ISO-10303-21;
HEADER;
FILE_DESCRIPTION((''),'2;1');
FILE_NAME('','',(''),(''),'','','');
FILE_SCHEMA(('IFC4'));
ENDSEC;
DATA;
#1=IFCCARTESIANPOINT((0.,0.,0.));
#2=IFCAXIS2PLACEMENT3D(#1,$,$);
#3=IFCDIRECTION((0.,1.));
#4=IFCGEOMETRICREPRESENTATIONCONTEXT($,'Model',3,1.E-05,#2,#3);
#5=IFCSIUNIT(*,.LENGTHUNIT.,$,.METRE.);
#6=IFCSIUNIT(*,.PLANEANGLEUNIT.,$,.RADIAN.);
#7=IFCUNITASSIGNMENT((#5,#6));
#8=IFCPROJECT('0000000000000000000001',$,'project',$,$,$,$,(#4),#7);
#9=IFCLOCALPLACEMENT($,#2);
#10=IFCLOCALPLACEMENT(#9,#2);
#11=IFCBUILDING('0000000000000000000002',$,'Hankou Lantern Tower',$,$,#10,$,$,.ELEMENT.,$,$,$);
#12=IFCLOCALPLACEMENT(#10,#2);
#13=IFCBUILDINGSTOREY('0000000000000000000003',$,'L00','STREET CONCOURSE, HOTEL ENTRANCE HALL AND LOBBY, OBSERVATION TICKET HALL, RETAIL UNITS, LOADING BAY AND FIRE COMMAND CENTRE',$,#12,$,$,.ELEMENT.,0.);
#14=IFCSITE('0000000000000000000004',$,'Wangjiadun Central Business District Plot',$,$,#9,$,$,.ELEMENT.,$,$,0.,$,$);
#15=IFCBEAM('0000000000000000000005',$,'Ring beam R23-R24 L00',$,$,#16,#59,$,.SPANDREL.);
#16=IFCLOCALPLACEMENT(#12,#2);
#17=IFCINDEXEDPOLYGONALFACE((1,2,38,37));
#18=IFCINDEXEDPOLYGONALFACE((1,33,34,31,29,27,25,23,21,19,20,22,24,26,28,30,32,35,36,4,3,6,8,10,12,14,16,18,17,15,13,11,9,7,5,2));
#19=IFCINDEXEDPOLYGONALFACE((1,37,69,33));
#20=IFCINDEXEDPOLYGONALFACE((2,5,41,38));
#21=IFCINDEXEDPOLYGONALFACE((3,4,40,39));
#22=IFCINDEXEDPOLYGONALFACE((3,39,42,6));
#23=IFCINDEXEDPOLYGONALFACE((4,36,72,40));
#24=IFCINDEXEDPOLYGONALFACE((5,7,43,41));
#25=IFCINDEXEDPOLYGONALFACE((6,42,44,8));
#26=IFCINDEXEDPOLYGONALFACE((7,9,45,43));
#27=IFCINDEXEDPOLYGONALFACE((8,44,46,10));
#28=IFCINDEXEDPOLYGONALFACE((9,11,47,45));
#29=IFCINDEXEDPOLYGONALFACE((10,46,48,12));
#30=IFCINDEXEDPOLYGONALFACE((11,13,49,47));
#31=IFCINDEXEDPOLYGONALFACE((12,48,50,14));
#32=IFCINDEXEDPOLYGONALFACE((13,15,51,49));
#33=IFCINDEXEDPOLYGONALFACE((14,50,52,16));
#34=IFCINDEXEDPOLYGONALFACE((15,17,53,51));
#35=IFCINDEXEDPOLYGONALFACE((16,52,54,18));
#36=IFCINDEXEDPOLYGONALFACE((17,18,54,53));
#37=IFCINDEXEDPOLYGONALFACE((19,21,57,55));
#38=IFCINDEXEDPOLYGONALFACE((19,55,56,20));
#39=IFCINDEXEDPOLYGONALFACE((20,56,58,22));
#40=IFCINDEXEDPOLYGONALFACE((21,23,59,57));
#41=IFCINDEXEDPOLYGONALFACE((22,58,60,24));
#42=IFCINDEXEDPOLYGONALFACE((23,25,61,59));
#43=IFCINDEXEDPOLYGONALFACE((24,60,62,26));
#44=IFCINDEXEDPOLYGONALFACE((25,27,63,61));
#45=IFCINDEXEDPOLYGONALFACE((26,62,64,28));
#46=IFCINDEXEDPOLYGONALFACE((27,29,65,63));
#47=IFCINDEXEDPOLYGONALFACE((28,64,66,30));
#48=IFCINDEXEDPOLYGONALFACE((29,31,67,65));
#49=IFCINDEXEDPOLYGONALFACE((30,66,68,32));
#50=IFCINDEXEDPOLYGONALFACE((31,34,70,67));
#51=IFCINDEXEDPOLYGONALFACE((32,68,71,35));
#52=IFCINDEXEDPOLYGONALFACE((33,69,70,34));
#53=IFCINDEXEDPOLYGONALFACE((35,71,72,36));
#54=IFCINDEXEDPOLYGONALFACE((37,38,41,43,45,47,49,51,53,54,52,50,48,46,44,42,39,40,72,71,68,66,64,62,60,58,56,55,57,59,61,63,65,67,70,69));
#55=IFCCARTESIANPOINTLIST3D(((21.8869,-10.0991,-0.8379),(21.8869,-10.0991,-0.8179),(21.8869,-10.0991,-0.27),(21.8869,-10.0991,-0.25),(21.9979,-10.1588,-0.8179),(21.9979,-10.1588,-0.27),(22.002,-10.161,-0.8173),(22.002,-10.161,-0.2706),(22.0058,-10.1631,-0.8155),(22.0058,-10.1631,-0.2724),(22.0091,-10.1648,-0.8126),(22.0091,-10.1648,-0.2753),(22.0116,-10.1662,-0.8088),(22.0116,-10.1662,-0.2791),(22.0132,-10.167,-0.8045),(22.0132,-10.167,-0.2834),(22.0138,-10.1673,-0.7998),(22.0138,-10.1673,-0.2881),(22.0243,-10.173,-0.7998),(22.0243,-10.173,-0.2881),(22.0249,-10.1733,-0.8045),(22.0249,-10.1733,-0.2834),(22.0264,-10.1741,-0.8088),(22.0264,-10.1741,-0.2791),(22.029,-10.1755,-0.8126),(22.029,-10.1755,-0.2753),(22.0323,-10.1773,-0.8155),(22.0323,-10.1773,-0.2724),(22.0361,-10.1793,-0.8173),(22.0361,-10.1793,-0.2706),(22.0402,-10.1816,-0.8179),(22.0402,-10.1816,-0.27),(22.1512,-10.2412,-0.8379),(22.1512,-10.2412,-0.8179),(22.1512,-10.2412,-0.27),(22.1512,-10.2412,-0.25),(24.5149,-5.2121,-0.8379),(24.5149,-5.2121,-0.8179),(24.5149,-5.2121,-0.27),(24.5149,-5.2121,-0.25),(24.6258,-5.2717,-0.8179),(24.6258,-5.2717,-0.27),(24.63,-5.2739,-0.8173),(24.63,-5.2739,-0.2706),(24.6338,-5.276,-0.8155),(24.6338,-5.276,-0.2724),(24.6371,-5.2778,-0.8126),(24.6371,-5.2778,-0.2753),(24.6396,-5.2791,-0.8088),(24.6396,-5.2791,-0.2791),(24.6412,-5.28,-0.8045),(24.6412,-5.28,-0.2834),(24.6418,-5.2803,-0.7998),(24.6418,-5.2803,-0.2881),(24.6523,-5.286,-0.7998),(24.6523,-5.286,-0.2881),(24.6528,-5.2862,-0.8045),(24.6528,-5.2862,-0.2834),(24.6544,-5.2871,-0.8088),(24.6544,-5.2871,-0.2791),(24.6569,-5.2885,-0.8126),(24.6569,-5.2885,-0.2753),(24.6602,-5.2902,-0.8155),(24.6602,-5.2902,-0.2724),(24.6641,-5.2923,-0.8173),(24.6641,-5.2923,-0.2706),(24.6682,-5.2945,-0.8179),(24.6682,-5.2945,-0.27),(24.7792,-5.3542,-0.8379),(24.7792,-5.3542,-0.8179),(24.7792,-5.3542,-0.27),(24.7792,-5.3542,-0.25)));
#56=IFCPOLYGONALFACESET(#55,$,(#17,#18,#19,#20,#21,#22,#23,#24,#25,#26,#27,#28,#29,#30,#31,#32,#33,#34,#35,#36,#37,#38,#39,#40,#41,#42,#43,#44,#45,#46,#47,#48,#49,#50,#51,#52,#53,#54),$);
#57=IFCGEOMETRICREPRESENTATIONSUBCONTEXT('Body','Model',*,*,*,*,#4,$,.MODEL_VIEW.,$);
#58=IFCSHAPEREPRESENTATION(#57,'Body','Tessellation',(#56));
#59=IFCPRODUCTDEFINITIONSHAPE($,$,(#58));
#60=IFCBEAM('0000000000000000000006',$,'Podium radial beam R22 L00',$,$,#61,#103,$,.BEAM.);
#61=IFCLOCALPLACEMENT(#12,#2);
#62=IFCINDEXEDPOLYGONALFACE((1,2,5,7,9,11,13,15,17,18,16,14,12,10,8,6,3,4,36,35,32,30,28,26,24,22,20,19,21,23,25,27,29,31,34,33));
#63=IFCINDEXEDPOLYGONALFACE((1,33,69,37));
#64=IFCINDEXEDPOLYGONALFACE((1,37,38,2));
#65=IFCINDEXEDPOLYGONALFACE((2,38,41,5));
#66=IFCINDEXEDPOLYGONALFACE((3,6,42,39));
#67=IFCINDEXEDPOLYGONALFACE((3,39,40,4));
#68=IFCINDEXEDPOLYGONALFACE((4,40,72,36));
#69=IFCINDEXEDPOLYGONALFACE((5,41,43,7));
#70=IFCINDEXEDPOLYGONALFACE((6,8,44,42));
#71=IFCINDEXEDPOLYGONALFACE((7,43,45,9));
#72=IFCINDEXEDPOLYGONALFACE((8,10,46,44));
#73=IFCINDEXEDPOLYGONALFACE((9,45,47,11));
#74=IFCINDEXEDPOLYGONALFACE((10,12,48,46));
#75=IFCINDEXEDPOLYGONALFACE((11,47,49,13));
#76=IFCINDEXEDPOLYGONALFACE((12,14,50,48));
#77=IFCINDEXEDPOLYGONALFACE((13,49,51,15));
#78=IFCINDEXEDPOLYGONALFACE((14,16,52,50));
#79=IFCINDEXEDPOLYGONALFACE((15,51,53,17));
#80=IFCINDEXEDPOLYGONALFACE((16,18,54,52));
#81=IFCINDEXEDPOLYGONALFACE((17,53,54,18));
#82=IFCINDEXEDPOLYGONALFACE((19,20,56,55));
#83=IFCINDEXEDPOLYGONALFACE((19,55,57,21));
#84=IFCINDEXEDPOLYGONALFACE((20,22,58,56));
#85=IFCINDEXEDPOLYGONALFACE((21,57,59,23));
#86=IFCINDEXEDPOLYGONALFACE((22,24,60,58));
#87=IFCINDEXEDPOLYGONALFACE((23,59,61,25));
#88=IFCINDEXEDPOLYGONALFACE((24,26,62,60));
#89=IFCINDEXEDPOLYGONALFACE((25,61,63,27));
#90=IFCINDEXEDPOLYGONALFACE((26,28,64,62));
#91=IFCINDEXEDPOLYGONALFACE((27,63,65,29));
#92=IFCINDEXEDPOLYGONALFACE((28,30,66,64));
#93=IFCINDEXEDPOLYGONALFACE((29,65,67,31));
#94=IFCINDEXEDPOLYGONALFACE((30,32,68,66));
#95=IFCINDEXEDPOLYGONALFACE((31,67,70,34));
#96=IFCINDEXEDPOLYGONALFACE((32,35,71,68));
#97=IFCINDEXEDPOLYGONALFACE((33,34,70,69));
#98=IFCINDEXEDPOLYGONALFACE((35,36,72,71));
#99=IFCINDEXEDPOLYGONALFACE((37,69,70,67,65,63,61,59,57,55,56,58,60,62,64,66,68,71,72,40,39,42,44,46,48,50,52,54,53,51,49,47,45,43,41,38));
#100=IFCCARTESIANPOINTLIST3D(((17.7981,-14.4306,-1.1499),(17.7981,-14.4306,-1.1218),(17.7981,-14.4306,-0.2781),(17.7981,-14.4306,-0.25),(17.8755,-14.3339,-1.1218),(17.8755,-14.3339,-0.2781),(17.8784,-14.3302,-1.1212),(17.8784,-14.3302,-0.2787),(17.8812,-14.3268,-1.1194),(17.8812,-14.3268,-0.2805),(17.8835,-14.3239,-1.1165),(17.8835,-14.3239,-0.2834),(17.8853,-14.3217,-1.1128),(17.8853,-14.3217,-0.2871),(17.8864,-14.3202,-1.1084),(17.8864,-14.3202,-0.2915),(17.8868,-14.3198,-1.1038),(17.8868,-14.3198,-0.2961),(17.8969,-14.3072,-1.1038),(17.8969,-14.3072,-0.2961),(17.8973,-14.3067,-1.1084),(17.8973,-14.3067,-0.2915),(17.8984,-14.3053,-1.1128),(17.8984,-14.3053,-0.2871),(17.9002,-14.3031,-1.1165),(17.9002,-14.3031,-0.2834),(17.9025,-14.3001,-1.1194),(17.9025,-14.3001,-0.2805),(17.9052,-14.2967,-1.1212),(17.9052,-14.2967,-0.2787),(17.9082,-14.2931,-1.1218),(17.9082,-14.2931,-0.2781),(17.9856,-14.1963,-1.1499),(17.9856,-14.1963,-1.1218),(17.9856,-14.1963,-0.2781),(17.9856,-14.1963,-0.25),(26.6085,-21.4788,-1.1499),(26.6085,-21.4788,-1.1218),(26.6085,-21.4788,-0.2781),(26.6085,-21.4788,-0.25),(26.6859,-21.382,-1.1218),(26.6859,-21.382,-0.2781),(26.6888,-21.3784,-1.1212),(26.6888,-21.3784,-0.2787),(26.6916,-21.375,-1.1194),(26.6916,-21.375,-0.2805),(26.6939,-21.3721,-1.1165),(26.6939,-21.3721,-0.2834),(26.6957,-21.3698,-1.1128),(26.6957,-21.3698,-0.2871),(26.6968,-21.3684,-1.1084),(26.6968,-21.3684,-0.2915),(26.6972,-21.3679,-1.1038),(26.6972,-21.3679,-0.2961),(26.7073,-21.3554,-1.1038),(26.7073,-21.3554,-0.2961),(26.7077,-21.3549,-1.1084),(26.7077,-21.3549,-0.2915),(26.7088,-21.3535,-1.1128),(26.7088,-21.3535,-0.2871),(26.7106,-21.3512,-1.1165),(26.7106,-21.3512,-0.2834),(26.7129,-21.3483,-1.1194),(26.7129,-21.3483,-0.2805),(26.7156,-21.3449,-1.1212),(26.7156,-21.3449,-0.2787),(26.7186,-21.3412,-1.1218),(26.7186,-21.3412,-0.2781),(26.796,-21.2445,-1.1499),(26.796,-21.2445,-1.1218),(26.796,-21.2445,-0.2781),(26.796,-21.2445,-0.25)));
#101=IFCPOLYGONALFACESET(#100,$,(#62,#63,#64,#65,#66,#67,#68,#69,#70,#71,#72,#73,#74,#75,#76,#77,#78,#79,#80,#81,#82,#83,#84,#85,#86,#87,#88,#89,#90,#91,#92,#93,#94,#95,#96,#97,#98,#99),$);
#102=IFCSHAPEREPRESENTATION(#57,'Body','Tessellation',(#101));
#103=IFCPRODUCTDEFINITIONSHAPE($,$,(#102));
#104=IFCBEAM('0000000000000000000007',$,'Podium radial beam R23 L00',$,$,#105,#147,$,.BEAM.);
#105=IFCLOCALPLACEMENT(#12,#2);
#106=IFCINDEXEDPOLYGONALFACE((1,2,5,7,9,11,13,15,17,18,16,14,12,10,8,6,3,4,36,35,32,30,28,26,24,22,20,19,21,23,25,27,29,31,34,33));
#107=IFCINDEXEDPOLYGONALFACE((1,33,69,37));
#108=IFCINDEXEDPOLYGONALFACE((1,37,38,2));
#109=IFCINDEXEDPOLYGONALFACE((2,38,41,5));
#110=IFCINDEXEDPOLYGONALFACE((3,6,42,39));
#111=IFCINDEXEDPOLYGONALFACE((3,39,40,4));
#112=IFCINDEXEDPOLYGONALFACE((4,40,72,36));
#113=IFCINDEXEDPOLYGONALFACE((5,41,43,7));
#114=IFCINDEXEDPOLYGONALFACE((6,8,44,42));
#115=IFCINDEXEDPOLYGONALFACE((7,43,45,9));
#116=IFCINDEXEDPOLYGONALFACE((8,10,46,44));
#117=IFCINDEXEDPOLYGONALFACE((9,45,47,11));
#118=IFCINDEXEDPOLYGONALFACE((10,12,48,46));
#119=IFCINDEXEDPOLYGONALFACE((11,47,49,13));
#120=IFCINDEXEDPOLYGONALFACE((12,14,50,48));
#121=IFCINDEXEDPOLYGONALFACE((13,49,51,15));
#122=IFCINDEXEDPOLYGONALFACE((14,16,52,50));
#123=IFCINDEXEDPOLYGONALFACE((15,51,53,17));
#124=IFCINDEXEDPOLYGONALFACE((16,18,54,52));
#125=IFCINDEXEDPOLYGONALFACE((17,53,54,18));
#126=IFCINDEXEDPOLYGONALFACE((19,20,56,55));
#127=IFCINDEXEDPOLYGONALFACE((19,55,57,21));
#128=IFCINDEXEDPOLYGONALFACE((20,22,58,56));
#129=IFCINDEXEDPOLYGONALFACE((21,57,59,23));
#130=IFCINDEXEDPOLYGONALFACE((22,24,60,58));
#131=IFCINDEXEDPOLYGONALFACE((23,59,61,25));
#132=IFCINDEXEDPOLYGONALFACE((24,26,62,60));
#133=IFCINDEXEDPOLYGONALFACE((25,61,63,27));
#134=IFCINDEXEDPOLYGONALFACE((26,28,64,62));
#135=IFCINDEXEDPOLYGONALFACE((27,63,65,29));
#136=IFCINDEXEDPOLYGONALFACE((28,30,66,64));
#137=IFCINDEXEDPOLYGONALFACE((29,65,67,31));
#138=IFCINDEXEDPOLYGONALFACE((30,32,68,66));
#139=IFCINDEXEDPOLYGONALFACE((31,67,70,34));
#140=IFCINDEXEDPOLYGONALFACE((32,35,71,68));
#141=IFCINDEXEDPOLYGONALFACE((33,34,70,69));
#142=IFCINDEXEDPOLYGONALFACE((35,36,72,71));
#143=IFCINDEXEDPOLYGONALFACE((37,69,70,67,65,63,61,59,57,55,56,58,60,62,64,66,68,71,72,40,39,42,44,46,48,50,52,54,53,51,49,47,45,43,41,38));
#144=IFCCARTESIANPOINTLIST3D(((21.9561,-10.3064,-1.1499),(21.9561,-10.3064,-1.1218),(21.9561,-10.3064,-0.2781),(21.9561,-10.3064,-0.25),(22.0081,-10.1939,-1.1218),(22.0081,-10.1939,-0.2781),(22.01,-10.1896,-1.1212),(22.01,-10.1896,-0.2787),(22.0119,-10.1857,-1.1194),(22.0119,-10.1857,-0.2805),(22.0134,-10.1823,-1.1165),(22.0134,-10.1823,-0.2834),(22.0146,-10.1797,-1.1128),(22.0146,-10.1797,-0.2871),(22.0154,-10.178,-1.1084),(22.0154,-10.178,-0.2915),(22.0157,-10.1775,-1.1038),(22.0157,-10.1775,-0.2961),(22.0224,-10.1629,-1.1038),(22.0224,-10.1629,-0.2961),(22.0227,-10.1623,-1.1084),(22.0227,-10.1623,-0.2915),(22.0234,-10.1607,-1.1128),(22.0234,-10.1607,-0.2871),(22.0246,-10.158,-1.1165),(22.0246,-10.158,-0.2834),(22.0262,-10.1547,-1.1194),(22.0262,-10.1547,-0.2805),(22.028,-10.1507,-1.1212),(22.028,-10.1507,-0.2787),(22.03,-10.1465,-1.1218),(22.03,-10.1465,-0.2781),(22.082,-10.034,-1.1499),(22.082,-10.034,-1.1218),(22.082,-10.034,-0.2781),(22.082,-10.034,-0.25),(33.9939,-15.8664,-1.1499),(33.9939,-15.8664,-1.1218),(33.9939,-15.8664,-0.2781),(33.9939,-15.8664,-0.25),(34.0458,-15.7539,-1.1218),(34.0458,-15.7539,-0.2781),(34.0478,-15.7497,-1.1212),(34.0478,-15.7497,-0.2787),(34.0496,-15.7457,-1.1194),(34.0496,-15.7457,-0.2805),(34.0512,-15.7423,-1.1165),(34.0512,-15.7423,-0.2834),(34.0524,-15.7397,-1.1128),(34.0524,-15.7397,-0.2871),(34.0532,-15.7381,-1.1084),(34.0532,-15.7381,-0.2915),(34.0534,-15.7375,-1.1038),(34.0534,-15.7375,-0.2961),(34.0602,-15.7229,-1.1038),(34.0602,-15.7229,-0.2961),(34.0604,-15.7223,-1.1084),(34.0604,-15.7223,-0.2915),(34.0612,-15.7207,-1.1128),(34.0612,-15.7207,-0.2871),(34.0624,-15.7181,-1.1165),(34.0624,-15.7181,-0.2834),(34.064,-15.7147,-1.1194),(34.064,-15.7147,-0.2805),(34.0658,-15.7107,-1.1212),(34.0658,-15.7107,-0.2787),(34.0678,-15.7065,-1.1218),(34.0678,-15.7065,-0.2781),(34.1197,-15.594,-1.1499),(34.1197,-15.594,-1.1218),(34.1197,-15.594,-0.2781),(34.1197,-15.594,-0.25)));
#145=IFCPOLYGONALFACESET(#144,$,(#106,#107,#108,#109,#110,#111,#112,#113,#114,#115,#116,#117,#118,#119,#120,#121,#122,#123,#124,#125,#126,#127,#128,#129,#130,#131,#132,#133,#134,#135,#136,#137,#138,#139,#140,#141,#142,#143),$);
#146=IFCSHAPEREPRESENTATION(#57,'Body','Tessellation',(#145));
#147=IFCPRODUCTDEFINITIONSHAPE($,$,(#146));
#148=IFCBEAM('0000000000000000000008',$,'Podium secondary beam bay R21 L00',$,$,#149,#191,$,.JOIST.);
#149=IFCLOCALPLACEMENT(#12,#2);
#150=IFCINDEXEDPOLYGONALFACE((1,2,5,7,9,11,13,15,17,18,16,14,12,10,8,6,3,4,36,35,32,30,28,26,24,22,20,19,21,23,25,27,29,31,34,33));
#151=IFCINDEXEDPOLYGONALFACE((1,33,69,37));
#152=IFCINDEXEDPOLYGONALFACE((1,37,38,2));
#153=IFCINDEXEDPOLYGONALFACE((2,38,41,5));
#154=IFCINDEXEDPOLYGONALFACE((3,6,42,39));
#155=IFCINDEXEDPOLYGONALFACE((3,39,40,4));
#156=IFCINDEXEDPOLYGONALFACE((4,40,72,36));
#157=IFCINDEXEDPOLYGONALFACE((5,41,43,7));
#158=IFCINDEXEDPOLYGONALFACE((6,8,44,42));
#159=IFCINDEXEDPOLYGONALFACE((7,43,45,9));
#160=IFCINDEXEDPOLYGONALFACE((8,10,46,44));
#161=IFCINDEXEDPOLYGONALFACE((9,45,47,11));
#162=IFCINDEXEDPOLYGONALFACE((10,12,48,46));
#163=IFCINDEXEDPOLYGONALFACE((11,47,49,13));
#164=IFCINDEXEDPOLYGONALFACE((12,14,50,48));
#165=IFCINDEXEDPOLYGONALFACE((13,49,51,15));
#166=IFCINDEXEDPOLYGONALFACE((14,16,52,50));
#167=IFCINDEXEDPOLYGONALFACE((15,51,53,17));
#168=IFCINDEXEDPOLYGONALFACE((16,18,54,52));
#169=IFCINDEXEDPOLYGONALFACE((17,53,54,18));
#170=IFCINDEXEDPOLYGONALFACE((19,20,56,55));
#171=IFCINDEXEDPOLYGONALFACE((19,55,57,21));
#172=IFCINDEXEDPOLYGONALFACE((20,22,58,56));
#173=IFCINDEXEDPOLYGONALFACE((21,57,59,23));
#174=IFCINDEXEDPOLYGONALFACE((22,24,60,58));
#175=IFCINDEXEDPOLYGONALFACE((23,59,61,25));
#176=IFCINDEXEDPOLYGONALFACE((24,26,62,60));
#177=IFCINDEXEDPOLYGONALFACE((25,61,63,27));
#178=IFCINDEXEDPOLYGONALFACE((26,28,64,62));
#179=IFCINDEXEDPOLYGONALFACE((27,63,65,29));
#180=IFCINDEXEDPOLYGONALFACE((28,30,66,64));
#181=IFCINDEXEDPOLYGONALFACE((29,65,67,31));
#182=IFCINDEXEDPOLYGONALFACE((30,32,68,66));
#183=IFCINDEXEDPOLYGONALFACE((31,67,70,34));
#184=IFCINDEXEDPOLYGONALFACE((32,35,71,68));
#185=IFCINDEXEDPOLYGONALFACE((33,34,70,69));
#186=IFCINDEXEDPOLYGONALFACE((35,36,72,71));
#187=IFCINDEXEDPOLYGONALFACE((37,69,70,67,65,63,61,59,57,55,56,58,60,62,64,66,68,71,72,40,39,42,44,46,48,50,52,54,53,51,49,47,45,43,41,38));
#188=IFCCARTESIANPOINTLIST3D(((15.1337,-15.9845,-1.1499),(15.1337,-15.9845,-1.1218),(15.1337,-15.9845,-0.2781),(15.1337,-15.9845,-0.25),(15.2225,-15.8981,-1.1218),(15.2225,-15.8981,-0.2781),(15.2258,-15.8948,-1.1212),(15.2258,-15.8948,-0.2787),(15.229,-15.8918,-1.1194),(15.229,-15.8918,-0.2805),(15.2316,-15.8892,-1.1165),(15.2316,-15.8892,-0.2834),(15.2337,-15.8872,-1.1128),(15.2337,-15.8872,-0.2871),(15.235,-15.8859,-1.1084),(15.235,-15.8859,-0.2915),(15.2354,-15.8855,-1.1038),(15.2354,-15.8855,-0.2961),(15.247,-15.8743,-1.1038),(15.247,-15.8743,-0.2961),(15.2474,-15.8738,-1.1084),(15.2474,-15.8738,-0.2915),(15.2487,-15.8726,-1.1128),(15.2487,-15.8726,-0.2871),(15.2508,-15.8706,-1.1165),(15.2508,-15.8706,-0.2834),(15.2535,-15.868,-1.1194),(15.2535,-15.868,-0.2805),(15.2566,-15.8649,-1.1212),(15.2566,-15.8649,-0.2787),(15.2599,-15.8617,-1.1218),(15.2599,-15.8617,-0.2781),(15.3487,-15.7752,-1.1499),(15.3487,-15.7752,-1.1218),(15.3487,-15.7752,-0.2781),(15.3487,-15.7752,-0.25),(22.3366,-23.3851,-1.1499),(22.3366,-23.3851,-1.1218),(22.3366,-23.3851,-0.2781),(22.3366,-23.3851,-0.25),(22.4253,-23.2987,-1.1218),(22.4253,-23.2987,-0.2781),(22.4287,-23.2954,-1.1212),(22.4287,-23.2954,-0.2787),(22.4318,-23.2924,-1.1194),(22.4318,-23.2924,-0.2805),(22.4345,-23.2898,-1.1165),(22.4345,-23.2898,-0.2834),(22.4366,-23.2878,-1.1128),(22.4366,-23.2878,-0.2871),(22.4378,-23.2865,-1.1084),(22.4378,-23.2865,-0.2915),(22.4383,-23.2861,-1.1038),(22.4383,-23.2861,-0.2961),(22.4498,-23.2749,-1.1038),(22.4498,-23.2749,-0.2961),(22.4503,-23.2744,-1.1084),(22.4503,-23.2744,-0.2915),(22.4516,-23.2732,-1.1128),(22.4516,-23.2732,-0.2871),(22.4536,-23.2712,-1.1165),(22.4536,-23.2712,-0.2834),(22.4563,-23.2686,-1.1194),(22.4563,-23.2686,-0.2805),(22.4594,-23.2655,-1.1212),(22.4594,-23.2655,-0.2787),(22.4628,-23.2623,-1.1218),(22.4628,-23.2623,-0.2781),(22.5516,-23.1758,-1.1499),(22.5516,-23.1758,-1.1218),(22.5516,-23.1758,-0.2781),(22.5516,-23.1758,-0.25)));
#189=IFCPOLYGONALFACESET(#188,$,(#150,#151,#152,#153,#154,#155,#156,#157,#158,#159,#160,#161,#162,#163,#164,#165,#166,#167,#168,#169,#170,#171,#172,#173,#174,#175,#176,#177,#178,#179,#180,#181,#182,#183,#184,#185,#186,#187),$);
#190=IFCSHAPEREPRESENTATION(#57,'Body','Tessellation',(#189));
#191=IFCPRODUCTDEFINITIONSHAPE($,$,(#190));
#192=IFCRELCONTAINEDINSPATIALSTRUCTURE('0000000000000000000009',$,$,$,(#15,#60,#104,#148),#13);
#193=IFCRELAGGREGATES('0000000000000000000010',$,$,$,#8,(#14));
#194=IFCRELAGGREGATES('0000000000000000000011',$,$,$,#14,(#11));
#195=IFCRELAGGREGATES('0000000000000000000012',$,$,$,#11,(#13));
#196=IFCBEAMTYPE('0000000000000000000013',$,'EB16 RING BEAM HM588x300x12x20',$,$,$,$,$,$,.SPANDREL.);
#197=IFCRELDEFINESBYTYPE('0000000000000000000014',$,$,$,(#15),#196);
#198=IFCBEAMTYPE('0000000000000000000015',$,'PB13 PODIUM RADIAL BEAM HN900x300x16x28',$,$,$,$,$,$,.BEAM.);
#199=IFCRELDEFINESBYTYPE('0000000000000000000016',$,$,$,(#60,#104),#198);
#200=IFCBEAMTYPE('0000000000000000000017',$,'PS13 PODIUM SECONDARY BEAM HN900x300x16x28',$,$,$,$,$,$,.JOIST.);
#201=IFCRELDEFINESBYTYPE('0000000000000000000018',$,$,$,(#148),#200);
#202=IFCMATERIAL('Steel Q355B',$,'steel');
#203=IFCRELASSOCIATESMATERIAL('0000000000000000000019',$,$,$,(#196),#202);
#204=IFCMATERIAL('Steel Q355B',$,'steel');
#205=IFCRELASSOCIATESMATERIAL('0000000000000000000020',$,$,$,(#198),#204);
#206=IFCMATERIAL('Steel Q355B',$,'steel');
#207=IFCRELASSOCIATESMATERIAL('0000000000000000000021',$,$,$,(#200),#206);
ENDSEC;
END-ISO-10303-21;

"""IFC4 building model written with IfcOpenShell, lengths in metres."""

from ifc_helpers import new_model, si_unit, direction, frame, origin, origin_2d, place, context, subcontext, project, spatial, i_section, extrude, material, material_profile, profile_set, type_object, element, save


model = new_model("IFC4")

# Units and contexts
model_context = context("Model", 3, precision=1e-05, world=origin(), true_north=direction((0.0, 1.0)))
body_context = subcontext(model_context, "Body", "Model", "MODEL_VIEW")
ifc_project = project(units=[si_unit("LENGTHUNIT", "METRE"), si_unit("PLANEANGLEUNIT", "RADIAN")], contexts=[model_context])

# Site, building, storey
site_placement = place(None, origin())
site = spatial("IfcSite", under=ifc_project, at=site_placement, Name="Wangjiadun Central Business District Plot", CompositionType="ELEMENT", RefElevation=0.0)
building_placement = place(site_placement, origin())
building = spatial("IfcBuilding", under=site, at=building_placement, Name="Hankou Lantern Tower", CompositionType="ELEMENT")
storey_placement = place(building_placement, origin())
storey = spatial("IfcBuildingStorey", under=building, at=storey_placement, Name="L00", Description="STREET CONCOURSE, HOTEL ENTRANCE HALL AND LOBBY, OBSERVATION TICKET HALL, RETAIL UNITS, LOADING BAY AND FIRE COMMAND CENTRE", CompositionType="ELEMENT", Elevation=0.0)

# Beams
ifc_material_1 = material(Name="Steel Q355B", Category="steel")
ifc_material_profile_1 = material_profile(ifc_material_1, i_section(OverallWidth=0.3, OverallDepth=0.5879, WebThickness=0.012, FlangeThickness=0.02, FilletRadius=0.0181, at=origin_2d()), Name="HM588x300x12x20")
ifc_profile_set_1 = profile_set([ifc_material_profile_1], Name="Steel Q355B")
beam_type_1 = type_object("IfcBeamType", Name="EB16 RING BEAM HM588x300x12x20", PredefinedType="SPANDREL", material=ifc_profile_set_1)
beam_1_placement = place(storey_placement, frame((22.019, -10.1702, -0.5439), z_axis=(0.473609, 0.880735, 0.0), x_axis=(-0.880735, 0.473609, 0.0)))
element("IfcBeam", 1, at=beam_1_placement, inside=storey, type_object=beam_type_1, Name="Ring beam R23-R24 L00", PredefinedType="SPANDREL", context=body_context, shape_type="SweptSolid", body=[
    extrude(i_section(OverallWidth=0.3, OverallDepth=0.5879, WebThickness=0.012, FlangeThickness=0.02, FilletRadius=0.0181, at=origin_2d()), origin(), (0.0, 0.0, 1.0), 5.5488),
])
ifc_material_2 = material(Name="Steel Q355B", Category="steel")
ifc_material_profile_2 = material_profile(ifc_material_2, i_section(OverallWidth=0.3, OverallDepth=0.8999, WebThickness=0.0161, FlangeThickness=0.0281, FilletRadius=0.0181, at=origin_2d()), Name="HN900x300x16x28")
ifc_profile_set_2 = profile_set([ifc_material_profile_2], Name="Steel Q355B")
beam_type_2 = type_object("IfcBeamType", Name="PB13 PODIUM RADIAL BEAM HN900x300x16x28", PredefinedType="BEAM", material=ifc_profile_set_2)
beam_2_placement = place(storey_placement, frame((17.8918, -14.3135, -0.7), z_axis=(0.780875, -0.624687, 0.0), x_axis=(0.624687, 0.780875, 0.0)))
element("IfcBeam", 2, at=beam_2_placement, inside=storey, type_object=beam_type_2, Name="Podium radial beam R22 L00", PredefinedType="BEAM", context=body_context, shape_type="SweptSolid", body=[
    extrude(i_section(OverallWidth=0.3, OverallDepth=0.8999, WebThickness=0.0161, FlangeThickness=0.0281, FilletRadius=0.0181, at=origin_2d()), origin(), (0.0, 0.0, 1.0), 11.2827),
])
beam_3_placement = place(storey_placement, frame((22.019, -10.1702, -0.7), z_axis=(0.907841, -0.419315, 0.0), x_axis=(0.419315, 0.907841, 0.0)))
element("IfcBeam", 3, at=beam_3_placement, inside=storey, type_object=beam_type_2, Name="Podium radial beam R23 L00", PredefinedType="BEAM", context=body_context, shape_type="SweptSolid", body=[
    extrude(i_section(OverallWidth=0.3, OverallDepth=0.8999, WebThickness=0.0161, FlangeThickness=0.0281, FilletRadius=0.0181, at=origin_2d()), origin(), (0.0, 0.0, 1.0), 13.2598),
])
ifc_material_3 = material(Name="Steel Q355B", Category="steel")
ifc_material_profile_3 = material_profile(ifc_material_3, i_section(OverallWidth=0.3, OverallDepth=0.8999, WebThickness=0.0161, FlangeThickness=0.0281, FilletRadius=0.0181, at=origin_2d()), Name="HN900x300x16x28")
ifc_profile_set_3 = profile_set([ifc_material_profile_3], Name="Steel Q355B")
beam_type_3 = type_object("IfcBeamType", Name="PS13 PODIUM SECONDARY BEAM HN900x300x16x28", PredefinedType="JOIST", material=ifc_profile_set_3)
beam_4_placement = place(storey_placement, frame((15.2412, -15.8799, -0.7), z_axis=(0.697468, -0.716616, 0.0), x_axis=(0.716616, 0.697468, 0.0)))
element("IfcBeam", 4, at=beam_4_placement, inside=storey, type_object=beam_type_3, Name="Podium secondary beam bay R21 L00", PredefinedType="JOIST", context=body_context, shape_type="SweptSolid", body=[
    extrude(i_section(OverallWidth=0.3, OverallDepth=0.8999, WebThickness=0.0161, FlangeThickness=0.0281, FilletRadius=0.0181, at=origin_2d()), origin(), (0.0, 0.0, 1.0), 10.3271),
])

save(model, "model.ifc")
